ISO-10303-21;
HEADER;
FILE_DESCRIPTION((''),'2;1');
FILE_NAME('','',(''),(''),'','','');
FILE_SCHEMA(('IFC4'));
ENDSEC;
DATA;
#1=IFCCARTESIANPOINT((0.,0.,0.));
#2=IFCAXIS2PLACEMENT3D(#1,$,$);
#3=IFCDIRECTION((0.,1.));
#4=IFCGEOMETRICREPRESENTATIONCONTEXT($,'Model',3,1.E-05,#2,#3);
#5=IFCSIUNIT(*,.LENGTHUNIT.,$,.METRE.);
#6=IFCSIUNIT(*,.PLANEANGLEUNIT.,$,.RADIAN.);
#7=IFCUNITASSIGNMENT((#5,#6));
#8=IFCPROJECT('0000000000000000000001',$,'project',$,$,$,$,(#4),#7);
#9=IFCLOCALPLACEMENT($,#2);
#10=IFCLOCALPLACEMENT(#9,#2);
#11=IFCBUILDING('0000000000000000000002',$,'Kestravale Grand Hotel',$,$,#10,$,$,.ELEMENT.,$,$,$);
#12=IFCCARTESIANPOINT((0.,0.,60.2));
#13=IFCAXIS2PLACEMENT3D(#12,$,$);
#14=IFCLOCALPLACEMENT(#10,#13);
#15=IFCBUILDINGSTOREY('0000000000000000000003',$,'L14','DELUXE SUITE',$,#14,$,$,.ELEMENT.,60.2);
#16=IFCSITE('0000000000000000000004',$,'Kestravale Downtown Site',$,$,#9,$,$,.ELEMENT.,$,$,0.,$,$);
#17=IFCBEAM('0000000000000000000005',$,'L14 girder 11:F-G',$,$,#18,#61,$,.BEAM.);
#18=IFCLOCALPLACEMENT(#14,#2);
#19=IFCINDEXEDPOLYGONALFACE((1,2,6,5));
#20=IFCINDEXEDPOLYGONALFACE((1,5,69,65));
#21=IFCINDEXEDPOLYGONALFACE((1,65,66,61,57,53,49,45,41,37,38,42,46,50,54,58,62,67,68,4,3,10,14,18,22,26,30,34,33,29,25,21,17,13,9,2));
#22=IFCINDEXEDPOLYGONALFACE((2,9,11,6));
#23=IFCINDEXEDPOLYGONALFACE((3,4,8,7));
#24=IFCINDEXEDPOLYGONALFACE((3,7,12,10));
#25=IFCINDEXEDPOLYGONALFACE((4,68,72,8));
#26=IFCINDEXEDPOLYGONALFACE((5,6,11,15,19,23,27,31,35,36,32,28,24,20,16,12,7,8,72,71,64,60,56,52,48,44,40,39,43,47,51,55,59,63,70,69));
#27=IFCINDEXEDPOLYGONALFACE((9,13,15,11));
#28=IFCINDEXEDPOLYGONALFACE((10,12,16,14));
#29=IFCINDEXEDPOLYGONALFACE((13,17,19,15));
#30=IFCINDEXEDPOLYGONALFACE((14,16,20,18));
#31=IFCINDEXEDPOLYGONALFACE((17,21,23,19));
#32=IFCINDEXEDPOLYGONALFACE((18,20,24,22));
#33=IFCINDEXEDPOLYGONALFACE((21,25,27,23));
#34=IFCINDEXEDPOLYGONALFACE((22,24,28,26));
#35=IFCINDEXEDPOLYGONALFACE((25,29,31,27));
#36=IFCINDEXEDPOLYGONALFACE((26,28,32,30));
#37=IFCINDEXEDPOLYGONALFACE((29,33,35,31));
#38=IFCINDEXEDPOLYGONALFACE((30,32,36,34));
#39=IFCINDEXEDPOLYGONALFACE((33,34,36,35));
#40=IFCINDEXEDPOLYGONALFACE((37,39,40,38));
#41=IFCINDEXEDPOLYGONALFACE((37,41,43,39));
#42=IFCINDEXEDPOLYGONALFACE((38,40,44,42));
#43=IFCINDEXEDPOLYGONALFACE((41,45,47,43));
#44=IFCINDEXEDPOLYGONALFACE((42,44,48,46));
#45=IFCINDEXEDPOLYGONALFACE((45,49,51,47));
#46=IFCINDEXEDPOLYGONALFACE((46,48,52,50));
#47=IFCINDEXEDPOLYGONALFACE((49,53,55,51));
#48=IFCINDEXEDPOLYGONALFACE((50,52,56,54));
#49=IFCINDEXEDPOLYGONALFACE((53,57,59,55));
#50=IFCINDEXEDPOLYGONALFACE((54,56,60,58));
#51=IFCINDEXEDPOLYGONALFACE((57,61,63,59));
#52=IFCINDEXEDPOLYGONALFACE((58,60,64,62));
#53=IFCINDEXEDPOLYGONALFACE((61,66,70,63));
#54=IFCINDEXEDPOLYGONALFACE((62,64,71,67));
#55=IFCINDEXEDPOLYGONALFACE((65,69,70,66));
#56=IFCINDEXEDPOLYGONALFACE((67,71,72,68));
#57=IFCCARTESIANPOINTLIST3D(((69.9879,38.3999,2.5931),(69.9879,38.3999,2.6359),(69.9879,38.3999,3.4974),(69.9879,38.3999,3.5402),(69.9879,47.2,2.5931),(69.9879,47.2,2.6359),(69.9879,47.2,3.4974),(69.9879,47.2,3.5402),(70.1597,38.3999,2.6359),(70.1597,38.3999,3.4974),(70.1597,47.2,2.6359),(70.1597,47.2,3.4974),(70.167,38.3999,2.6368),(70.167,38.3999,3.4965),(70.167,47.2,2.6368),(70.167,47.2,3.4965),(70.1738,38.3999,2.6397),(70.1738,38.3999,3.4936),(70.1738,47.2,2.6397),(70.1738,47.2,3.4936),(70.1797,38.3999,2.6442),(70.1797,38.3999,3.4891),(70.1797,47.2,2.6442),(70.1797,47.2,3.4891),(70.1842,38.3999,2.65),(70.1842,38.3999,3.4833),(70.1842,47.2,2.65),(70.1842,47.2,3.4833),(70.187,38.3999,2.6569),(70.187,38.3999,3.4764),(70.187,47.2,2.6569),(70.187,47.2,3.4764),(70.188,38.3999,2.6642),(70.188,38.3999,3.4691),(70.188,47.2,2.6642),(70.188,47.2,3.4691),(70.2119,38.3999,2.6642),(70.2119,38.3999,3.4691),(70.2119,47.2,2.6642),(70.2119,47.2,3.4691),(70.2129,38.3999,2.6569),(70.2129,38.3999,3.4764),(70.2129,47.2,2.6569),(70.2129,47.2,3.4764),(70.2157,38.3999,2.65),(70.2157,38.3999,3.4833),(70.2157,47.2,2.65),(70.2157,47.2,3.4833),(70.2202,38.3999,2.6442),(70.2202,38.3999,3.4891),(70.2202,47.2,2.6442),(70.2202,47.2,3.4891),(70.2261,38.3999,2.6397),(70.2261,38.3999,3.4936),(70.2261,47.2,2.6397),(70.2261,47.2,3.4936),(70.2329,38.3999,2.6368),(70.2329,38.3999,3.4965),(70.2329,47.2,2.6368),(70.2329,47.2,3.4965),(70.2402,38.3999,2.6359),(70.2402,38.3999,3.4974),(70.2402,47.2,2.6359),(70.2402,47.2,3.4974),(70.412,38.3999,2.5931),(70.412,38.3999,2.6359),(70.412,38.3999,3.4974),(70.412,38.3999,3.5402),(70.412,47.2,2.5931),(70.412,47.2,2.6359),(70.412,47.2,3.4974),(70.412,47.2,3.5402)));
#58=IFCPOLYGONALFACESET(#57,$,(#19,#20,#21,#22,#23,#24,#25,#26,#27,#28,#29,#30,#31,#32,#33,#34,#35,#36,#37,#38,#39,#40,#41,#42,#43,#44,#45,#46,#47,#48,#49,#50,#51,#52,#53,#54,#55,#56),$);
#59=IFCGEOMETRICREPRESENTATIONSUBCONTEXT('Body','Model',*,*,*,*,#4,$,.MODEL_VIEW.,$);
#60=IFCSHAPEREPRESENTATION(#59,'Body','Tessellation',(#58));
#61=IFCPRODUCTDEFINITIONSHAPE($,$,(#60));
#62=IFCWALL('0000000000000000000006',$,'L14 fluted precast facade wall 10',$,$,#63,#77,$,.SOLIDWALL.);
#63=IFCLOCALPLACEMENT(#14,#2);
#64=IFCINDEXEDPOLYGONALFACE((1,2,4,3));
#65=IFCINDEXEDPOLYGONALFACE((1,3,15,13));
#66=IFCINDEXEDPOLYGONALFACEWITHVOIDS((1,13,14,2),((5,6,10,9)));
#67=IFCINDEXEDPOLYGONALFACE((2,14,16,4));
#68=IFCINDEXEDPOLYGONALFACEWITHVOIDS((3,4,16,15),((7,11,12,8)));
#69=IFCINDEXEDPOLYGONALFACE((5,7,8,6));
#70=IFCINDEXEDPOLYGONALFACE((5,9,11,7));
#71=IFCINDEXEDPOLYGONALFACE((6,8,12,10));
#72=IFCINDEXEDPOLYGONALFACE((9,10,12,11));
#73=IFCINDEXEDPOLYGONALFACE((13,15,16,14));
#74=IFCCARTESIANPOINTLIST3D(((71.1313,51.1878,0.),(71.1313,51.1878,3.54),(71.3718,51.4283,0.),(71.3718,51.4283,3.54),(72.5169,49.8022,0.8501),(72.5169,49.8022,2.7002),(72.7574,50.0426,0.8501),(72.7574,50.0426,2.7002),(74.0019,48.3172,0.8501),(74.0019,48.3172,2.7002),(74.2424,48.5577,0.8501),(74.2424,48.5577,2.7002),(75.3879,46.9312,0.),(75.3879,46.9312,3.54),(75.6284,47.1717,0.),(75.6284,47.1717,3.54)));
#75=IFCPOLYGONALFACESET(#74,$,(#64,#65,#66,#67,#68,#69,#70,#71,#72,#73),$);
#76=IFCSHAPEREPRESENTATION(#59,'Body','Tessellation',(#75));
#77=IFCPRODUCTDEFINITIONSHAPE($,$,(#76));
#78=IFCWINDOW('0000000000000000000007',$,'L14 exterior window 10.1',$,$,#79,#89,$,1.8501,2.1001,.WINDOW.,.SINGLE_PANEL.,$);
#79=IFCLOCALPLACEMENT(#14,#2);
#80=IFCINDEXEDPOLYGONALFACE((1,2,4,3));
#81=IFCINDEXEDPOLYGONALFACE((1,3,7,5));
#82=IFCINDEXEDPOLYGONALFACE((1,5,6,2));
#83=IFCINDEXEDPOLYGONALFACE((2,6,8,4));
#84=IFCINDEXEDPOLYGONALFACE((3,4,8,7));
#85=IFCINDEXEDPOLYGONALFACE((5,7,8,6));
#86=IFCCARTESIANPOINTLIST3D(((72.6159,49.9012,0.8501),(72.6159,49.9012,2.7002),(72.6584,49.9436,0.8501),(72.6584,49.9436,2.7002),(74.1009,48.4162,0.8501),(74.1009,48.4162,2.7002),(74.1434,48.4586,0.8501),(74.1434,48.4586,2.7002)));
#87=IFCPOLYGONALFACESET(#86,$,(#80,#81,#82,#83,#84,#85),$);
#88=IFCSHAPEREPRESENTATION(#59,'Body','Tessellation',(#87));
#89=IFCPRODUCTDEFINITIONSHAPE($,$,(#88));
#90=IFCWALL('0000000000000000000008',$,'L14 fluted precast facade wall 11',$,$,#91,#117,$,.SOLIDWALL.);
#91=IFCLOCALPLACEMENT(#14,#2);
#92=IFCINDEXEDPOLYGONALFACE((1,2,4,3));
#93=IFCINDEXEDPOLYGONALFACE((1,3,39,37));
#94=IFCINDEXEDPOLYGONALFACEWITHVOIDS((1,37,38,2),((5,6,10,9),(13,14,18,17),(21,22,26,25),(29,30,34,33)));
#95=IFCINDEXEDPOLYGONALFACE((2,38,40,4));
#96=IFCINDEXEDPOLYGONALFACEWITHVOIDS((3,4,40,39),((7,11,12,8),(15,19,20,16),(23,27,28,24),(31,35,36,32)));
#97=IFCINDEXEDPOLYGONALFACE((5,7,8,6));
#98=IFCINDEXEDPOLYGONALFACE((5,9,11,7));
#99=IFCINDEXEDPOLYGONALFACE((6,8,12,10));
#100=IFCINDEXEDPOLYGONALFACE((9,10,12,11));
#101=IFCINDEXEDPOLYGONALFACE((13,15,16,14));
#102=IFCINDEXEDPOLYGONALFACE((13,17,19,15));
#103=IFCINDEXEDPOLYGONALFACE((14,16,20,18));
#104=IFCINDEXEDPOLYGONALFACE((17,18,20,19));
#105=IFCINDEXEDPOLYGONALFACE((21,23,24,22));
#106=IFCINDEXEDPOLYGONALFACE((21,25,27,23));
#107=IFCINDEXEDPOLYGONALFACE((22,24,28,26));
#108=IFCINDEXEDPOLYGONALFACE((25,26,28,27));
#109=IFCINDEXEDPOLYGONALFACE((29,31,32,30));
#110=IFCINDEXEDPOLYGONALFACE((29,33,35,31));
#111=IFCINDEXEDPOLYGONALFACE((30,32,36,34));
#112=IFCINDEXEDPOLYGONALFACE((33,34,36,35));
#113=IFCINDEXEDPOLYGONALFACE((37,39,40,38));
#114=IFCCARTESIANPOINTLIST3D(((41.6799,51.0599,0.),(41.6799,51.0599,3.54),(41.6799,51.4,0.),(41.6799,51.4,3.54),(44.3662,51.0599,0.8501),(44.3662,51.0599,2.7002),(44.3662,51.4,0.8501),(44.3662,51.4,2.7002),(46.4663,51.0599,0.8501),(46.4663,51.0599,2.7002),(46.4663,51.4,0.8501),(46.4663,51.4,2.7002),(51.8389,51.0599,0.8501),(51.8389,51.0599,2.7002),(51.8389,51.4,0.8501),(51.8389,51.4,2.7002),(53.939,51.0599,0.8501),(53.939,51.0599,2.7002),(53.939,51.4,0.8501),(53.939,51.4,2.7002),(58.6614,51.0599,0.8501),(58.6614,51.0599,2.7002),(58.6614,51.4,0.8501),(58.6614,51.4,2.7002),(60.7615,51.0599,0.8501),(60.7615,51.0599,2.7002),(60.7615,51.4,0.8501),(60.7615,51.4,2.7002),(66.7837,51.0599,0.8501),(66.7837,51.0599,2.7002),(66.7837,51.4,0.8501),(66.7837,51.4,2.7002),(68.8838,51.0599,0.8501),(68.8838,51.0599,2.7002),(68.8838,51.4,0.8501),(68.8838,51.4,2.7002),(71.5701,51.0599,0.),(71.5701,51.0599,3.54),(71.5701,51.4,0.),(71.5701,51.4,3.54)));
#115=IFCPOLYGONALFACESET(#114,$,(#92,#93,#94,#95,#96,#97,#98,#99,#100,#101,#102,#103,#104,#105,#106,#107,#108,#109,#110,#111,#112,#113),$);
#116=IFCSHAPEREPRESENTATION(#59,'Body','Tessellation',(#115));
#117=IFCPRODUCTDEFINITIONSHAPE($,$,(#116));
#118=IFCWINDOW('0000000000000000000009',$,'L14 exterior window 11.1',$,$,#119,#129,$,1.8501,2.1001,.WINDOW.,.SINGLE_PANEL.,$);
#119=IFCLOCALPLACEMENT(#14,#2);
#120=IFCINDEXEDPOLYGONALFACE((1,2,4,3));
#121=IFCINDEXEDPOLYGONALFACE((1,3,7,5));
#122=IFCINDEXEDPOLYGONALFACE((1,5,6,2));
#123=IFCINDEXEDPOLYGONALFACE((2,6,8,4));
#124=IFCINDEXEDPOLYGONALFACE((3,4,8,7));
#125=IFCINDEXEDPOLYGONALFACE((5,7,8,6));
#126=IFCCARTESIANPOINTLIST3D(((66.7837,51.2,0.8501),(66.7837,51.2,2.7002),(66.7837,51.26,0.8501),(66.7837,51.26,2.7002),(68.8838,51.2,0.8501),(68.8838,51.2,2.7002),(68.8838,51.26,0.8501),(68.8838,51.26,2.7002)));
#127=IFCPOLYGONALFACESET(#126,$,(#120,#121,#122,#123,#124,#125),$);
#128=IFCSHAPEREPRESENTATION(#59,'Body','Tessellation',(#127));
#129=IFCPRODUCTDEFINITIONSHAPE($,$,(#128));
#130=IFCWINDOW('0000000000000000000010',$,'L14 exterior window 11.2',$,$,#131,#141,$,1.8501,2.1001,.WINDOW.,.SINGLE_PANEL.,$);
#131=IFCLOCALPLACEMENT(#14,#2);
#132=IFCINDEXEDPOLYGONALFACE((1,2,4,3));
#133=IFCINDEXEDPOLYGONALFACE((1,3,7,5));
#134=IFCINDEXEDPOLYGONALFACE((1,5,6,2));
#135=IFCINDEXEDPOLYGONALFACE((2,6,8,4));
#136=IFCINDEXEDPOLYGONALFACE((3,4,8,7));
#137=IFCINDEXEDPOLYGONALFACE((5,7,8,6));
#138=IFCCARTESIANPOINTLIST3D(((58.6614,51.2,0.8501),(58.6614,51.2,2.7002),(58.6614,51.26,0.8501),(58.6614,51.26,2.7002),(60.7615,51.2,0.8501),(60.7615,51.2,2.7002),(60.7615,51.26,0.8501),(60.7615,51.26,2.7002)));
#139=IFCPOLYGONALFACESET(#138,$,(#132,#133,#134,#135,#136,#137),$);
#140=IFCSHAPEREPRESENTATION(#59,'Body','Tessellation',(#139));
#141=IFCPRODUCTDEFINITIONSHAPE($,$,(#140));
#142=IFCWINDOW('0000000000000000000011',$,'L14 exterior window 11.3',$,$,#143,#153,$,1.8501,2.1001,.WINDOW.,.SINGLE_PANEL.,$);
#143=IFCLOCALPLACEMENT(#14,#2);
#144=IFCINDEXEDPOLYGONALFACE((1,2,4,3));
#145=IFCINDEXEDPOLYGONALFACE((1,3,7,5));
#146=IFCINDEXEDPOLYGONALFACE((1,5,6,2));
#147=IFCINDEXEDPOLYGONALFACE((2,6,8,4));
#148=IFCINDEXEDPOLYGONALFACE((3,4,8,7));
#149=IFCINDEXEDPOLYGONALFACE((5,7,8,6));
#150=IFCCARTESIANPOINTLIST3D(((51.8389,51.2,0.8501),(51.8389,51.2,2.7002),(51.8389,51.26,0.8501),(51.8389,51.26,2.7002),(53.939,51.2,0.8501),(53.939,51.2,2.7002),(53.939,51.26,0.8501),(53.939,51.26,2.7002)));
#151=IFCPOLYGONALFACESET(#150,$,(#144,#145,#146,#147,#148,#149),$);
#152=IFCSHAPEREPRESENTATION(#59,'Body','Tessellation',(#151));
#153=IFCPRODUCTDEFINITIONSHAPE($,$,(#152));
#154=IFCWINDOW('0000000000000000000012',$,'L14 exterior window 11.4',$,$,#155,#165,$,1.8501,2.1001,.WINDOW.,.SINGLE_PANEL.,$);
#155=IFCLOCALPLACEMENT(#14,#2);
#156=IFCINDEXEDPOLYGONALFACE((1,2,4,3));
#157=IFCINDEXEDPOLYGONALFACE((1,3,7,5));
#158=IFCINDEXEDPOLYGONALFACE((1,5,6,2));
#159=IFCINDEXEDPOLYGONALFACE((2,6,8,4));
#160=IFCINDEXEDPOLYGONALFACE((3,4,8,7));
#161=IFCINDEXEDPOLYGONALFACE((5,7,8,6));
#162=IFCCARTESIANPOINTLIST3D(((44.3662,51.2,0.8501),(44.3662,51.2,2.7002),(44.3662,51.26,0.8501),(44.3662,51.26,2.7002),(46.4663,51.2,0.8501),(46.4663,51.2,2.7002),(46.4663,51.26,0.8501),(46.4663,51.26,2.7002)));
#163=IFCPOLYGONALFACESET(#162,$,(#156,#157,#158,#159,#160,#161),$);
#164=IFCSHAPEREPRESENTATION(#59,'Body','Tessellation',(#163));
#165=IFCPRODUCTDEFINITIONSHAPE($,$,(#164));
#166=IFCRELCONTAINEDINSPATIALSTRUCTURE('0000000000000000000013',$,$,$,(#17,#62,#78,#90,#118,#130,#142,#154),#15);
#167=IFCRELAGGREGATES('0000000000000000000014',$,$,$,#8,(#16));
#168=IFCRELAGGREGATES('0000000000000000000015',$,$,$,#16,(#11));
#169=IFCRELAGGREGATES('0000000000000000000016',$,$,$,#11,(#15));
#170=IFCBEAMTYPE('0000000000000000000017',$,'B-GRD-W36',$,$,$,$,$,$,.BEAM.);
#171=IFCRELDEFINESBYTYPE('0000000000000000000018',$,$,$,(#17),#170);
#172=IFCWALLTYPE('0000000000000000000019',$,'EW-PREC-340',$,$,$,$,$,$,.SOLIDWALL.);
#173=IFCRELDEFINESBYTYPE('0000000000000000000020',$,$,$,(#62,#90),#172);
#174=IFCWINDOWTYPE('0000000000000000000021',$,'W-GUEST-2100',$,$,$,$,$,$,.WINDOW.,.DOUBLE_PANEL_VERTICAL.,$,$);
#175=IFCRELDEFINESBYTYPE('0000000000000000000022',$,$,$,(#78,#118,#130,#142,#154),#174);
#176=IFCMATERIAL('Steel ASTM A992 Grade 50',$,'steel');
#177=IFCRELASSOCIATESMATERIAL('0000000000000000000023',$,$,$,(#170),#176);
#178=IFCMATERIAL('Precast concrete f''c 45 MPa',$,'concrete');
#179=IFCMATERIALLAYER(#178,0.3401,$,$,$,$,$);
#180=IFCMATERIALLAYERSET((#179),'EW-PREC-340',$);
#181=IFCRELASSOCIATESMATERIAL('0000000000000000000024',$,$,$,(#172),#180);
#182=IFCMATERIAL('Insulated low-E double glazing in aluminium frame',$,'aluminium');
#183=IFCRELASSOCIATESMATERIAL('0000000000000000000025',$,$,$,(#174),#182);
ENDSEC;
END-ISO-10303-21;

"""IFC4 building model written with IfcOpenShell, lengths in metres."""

from ifc_helpers import new_model, si_unit, direction, frame, frame_2d, origin, origin_2d, place, context, subcontext, project, spatial, rectangle, i_section, extrude, material, layer, layer_set, material_profile, profile_set, type_object, element, fill, save


model = new_model("IFC4")

# Units and contexts
model_context = context("Model", 3, precision=1e-05, world=origin(), true_north=direction((0.0, 1.0)))
body_context = subcontext(model_context, "Body", "Model", "MODEL_VIEW")
ifc_project = project(units=[si_unit("LENGTHUNIT", "METRE"), si_unit("PLANEANGLEUNIT", "RADIAN")], contexts=[model_context])

# Site, building, storey
site_placement = place(None, origin())
site = spatial("IfcSite", under=ifc_project, at=site_placement, Name="Kestravale Downtown Site", CompositionType="ELEMENT", RefElevation=0.0)
building_placement = place(site_placement, origin())
building = spatial("IfcBuilding", under=site, at=building_placement, Name="Kestravale Grand Hotel", CompositionType="ELEMENT")
storey_placement = place(building_placement, frame((0.0, 0.0, 60.2)))
storey = spatial("IfcBuildingStorey", under=building, at=storey_placement, Name="L14", Description="DELUXE SUITE", CompositionType="ELEMENT", Elevation=60.2)

# Beam
ifc_material_1 = material(Name="Steel ASTM A992 Grade 50", Category="steel")
ifc_material_profile_1 = material_profile(ifc_material_1, i_section(OverallWidth=0.4241, OverallDepth=0.947, WebThickness=0.0239, FlangeThickness=0.0427, FilletRadius=0.0283, at=origin_2d()))
ifc_profile_set_1 = profile_set([ifc_material_profile_1], Name="Steel ASTM A992 Grade 50")
beam_type_1 = type_object("IfcBeamType", Name="B-GRD-W36", PredefinedType="BEAM", material=ifc_profile_set_1)
for number, where, z_axis, x_axis, name in (
    (1, (70.2, 38.3999, 3.0667), (0.0, 1.0, 0.0), (-1.0, 0.0, 0.0), "L14 girder 11:F-G"),
):
    element("IfcBeam", number, at=place(storey_placement, frame(where, z_axis=z_axis, x_axis=x_axis)), inside=storey, type_object=beam_type_1, Name=name, PredefinedType="BEAM", context=body_context, shape_type="SweptSolid", body=[
        extrude(i_section(OverallWidth=0.4241, OverallDepth=0.947, WebThickness=0.0239, FlangeThickness=0.0427, FilletRadius=0.0283, at=origin_2d()), origin(), (0.0, 0.0, 1.0), 8.8),
    ])

# Wall, opening, window
ifc_material_2 = material(Name="Precast concrete f'c 45 MPa", Category="concrete")
ifc_layer_1 = layer(ifc_material_2, 0.3401)
ifc_layer_set_1 = layer_set([ifc_layer_1], Name="EW-PREC-340")
wall_type_1 = type_object("IfcWallType", Name="EW-PREC-340", PredefinedType="SOLIDWALL", material=ifc_layer_set_1)
wall_1_placement = place(storey_placement, frame((75.5081, 47.0515, 0.0), z_axis=(0.0, 0.0, 1.0), x_axis=(-0.707107, 0.707107, 0.0)))
wall_1 = element("IfcWall", 2, at=wall_1_placement, inside=storey, type_object=wall_type_1, Name="L14 fluted precast facade wall 10", PredefinedType="SOLIDWALL", context=body_context, shape_type="SweptSolid", body=[
    extrude(rectangle(XDim=6.0198, YDim=0.3401, at=frame_2d((3.0098, 0.0))), origin(), (0.0, 0.0, 1.0), 3.54),
])
opening_1_placement = place(wall_1_placement, frame((1.96, 0.0, 0.8501)))
opening_1 = element("IfcOpeningElement", 3, at=opening_1_placement, cuts=wall_1, PredefinedType="OPENING", context=body_context, shape_type="SweptSolid", body=[
    extrude(rectangle(XDim=2.1001, YDim=1.8501, at=frame_2d((1.05, 0.925))), frame((0.0, 0.1799, 0.0), z_axis=(0.0, -1.0, 0.0), x_axis=(1.0, 0.0, 0.0)), (0.0, 0.0, 1.0), 0.3601),
])
ifc_material_3 = material(Name="Insulated low-E double glazing in aluminium frame", Category="aluminium")
window_type = type_object("IfcWindowType", Name="W-GUEST-2100", PartitioningType="DOUBLE_PANEL_VERTICAL", PredefinedType="WINDOW", material=ifc_material_3)
window_1_placement = place(opening_1_placement, origin())
window_1 = element("IfcWindow", 4, at=window_1_placement, inside=storey, type_object=window_type, Name="L14 exterior window 10.1", OverallHeight=1.8501, OverallWidth=2.1001, PartitioningType="SINGLE_PANEL", PredefinedType="WINDOW", context=body_context, shape_type="SweptSolid", body=[
    extrude(rectangle(XDim=2.1001, YDim=1.8501, at=frame_2d((1.05, 0.925))), frame((0.0, 0.03, 0.0), z_axis=(0.0, -1.0, 0.0), x_axis=(1.0, 0.0, 0.0)), (0.0, 0.0, 1.0), 0.0601),
])
fill(opening_1, window_1)

# Wall, openings, windows
wall_2_placement = place(storey_placement, frame((71.5701, 51.23, 0.0), z_axis=(0.0, 0.0, 1.0), x_axis=(-1.0, 0.0, 0.0)))
wall_2 = element("IfcWall", 5, at=wall_2_placement, inside=storey, type_object=wall_type_1, Name="L14 fluted precast facade wall 11", PredefinedType="SOLIDWALL", context=body_context, shape_type="SweptSolid", body=[
    extrude(rectangle(XDim=29.8901, YDim=0.3401, at=frame_2d((14.9451, 0.0))), origin(), (0.0, 0.0, 1.0), 3.54),
])
opening_2_placement = place(wall_2_placement, frame((2.6863, 0.0, 0.8501)))
opening_2 = element("IfcOpeningElement", 6, at=opening_2_placement, cuts=wall_2, PredefinedType="OPENING", context=body_context, shape_type="SweptSolid", body=[
    extrude(rectangle(XDim=2.1001, YDim=1.8501, at=frame_2d((1.05, 0.925))), frame((0.0, 0.1799, 0.0), z_axis=(0.0, -1.0, 0.0), x_axis=(1.0, 0.0, 0.0)), (0.0, 0.0, 1.0), 0.3601),
])
opening_3_placement = place(wall_2_placement, frame((10.8086, 0.0, 0.8501)))
opening_3 = element("IfcOpeningElement", 7, at=opening_3_placement, cuts=wall_2, PredefinedType="OPENING", context=body_context, shape_type="SweptSolid", body=[
    extrude(rectangle(XDim=2.1001, YDim=1.8501, at=frame_2d((1.05, 0.925))), frame((0.0, 0.1799, 0.0), z_axis=(0.0, -1.0, 0.0), x_axis=(1.0, 0.0, 0.0)), (0.0, 0.0, 1.0), 0.3601),
])
opening_4_placement = place(wall_2_placement, frame((17.6311, 0.0, 0.8501)))
opening_4 = element("IfcOpeningElement", 8, at=opening_4_placement, cuts=wall_2, PredefinedType="OPENING", context=body_context, shape_type="SweptSolid", body=[
    extrude(rectangle(XDim=2.1001, YDim=1.8501, at=frame_2d((1.05, 0.925))), frame((0.0, 0.1799, 0.0), z_axis=(0.0, -1.0, 0.0), x_axis=(1.0, 0.0, 0.0)), (0.0, 0.0, 1.0), 0.3601),
])
opening_5_placement = place(wall_2_placement, frame((25.1038, 0.0, 0.8501)))
opening_5 = element("IfcOpeningElement", 9, at=opening_5_placement, cuts=wall_2, PredefinedType="OPENING", context=body_context, shape_type="SweptSolid", body=[
    extrude(rectangle(XDim=2.1001, YDim=1.8501, at=frame_2d((1.05, 0.925))), frame((0.0, 0.1799, 0.0), z_axis=(0.0, -1.0, 0.0), x_axis=(1.0, 0.0, 0.0)), (0.0, 0.0, 1.0), 0.3601),
])
window_2_placement = place(opening_2_placement, origin())
window_2 = element("IfcWindow", 10, at=window_2_placement, inside=storey, type_object=window_type, Name="L14 exterior window 11.1", OverallHeight=1.8501, OverallWidth=2.1001, PartitioningType="SINGLE_PANEL", PredefinedType="WINDOW", context=body_context, shape_type="SweptSolid", body=[
    extrude(rectangle(XDim=2.1001, YDim=1.8501, at=frame_2d((1.05, 0.925))), frame((0.0, 0.03, 0.0), z_axis=(0.0, -1.0, 0.0), x_axis=(1.0, 0.0, 0.0)), (0.0, 0.0, 1.0), 0.0601),
])
fill(opening_2, window_2)
window_3_placement = place(opening_3_placement, origin())
window_3 = element("IfcWindow", 11, at=window_3_placement, inside=storey, type_object=window_type, Name="L14 exterior window 11.2", OverallHeight=1.8501, OverallWidth=2.1001, PartitioningType="SINGLE_PANEL", PredefinedType="WINDOW", context=body_context, shape_type="SweptSolid", body=[
    extrude(rectangle(XDim=2.1001, YDim=1.8501, at=frame_2d((1.05, 0.925))), frame((0.0, 0.03, 0.0), z_axis=(0.0, -1.0, 0.0), x_axis=(1.0, 0.0, 0.0)), (0.0, 0.0, 1.0), 0.0601),
])
fill(opening_3, window_3)
window_4_placement = place(opening_4_placement, origin())
window_4 = element("IfcWindow", 12, at=window_4_placement, inside=storey, type_object=window_type, Name="L14 exterior window 11.3", OverallHeight=1.8501, OverallWidth=2.1001, PartitioningType="SINGLE_PANEL", PredefinedType="WINDOW", context=body_context, shape_type="SweptSolid", body=[
    extrude(rectangle(XDim=2.1001, YDim=1.8501, at=frame_2d((1.05, 0.925))), frame((0.0, 0.03, 0.0), z_axis=(0.0, -1.0, 0.0), x_axis=(1.0, 0.0, 0.0)), (0.0, 0.0, 1.0), 0.0601),
])
fill(opening_4, window_4)
window_5_placement = place(opening_5_placement, origin())
window_5 = element("IfcWindow", 13, at=window_5_placement, inside=storey, type_object=window_type, Name="L14 exterior window 11.4", OverallHeight=1.8501, OverallWidth=2.1001, PartitioningType="SINGLE_PANEL", PredefinedType="WINDOW", context=body_context, shape_type="SweptSolid", body=[
    extrude(rectangle(XDim=2.1001, YDim=1.8501, at=frame_2d((1.05, 0.925))), frame((0.0, 0.03, 0.0), z_axis=(0.0, -1.0, 0.0), x_axis=(1.0, 0.0, 0.0)), (0.0, 0.0, 1.0), 0.0601),
])
fill(opening_5, window_5)

save(model, "model.ifc")
